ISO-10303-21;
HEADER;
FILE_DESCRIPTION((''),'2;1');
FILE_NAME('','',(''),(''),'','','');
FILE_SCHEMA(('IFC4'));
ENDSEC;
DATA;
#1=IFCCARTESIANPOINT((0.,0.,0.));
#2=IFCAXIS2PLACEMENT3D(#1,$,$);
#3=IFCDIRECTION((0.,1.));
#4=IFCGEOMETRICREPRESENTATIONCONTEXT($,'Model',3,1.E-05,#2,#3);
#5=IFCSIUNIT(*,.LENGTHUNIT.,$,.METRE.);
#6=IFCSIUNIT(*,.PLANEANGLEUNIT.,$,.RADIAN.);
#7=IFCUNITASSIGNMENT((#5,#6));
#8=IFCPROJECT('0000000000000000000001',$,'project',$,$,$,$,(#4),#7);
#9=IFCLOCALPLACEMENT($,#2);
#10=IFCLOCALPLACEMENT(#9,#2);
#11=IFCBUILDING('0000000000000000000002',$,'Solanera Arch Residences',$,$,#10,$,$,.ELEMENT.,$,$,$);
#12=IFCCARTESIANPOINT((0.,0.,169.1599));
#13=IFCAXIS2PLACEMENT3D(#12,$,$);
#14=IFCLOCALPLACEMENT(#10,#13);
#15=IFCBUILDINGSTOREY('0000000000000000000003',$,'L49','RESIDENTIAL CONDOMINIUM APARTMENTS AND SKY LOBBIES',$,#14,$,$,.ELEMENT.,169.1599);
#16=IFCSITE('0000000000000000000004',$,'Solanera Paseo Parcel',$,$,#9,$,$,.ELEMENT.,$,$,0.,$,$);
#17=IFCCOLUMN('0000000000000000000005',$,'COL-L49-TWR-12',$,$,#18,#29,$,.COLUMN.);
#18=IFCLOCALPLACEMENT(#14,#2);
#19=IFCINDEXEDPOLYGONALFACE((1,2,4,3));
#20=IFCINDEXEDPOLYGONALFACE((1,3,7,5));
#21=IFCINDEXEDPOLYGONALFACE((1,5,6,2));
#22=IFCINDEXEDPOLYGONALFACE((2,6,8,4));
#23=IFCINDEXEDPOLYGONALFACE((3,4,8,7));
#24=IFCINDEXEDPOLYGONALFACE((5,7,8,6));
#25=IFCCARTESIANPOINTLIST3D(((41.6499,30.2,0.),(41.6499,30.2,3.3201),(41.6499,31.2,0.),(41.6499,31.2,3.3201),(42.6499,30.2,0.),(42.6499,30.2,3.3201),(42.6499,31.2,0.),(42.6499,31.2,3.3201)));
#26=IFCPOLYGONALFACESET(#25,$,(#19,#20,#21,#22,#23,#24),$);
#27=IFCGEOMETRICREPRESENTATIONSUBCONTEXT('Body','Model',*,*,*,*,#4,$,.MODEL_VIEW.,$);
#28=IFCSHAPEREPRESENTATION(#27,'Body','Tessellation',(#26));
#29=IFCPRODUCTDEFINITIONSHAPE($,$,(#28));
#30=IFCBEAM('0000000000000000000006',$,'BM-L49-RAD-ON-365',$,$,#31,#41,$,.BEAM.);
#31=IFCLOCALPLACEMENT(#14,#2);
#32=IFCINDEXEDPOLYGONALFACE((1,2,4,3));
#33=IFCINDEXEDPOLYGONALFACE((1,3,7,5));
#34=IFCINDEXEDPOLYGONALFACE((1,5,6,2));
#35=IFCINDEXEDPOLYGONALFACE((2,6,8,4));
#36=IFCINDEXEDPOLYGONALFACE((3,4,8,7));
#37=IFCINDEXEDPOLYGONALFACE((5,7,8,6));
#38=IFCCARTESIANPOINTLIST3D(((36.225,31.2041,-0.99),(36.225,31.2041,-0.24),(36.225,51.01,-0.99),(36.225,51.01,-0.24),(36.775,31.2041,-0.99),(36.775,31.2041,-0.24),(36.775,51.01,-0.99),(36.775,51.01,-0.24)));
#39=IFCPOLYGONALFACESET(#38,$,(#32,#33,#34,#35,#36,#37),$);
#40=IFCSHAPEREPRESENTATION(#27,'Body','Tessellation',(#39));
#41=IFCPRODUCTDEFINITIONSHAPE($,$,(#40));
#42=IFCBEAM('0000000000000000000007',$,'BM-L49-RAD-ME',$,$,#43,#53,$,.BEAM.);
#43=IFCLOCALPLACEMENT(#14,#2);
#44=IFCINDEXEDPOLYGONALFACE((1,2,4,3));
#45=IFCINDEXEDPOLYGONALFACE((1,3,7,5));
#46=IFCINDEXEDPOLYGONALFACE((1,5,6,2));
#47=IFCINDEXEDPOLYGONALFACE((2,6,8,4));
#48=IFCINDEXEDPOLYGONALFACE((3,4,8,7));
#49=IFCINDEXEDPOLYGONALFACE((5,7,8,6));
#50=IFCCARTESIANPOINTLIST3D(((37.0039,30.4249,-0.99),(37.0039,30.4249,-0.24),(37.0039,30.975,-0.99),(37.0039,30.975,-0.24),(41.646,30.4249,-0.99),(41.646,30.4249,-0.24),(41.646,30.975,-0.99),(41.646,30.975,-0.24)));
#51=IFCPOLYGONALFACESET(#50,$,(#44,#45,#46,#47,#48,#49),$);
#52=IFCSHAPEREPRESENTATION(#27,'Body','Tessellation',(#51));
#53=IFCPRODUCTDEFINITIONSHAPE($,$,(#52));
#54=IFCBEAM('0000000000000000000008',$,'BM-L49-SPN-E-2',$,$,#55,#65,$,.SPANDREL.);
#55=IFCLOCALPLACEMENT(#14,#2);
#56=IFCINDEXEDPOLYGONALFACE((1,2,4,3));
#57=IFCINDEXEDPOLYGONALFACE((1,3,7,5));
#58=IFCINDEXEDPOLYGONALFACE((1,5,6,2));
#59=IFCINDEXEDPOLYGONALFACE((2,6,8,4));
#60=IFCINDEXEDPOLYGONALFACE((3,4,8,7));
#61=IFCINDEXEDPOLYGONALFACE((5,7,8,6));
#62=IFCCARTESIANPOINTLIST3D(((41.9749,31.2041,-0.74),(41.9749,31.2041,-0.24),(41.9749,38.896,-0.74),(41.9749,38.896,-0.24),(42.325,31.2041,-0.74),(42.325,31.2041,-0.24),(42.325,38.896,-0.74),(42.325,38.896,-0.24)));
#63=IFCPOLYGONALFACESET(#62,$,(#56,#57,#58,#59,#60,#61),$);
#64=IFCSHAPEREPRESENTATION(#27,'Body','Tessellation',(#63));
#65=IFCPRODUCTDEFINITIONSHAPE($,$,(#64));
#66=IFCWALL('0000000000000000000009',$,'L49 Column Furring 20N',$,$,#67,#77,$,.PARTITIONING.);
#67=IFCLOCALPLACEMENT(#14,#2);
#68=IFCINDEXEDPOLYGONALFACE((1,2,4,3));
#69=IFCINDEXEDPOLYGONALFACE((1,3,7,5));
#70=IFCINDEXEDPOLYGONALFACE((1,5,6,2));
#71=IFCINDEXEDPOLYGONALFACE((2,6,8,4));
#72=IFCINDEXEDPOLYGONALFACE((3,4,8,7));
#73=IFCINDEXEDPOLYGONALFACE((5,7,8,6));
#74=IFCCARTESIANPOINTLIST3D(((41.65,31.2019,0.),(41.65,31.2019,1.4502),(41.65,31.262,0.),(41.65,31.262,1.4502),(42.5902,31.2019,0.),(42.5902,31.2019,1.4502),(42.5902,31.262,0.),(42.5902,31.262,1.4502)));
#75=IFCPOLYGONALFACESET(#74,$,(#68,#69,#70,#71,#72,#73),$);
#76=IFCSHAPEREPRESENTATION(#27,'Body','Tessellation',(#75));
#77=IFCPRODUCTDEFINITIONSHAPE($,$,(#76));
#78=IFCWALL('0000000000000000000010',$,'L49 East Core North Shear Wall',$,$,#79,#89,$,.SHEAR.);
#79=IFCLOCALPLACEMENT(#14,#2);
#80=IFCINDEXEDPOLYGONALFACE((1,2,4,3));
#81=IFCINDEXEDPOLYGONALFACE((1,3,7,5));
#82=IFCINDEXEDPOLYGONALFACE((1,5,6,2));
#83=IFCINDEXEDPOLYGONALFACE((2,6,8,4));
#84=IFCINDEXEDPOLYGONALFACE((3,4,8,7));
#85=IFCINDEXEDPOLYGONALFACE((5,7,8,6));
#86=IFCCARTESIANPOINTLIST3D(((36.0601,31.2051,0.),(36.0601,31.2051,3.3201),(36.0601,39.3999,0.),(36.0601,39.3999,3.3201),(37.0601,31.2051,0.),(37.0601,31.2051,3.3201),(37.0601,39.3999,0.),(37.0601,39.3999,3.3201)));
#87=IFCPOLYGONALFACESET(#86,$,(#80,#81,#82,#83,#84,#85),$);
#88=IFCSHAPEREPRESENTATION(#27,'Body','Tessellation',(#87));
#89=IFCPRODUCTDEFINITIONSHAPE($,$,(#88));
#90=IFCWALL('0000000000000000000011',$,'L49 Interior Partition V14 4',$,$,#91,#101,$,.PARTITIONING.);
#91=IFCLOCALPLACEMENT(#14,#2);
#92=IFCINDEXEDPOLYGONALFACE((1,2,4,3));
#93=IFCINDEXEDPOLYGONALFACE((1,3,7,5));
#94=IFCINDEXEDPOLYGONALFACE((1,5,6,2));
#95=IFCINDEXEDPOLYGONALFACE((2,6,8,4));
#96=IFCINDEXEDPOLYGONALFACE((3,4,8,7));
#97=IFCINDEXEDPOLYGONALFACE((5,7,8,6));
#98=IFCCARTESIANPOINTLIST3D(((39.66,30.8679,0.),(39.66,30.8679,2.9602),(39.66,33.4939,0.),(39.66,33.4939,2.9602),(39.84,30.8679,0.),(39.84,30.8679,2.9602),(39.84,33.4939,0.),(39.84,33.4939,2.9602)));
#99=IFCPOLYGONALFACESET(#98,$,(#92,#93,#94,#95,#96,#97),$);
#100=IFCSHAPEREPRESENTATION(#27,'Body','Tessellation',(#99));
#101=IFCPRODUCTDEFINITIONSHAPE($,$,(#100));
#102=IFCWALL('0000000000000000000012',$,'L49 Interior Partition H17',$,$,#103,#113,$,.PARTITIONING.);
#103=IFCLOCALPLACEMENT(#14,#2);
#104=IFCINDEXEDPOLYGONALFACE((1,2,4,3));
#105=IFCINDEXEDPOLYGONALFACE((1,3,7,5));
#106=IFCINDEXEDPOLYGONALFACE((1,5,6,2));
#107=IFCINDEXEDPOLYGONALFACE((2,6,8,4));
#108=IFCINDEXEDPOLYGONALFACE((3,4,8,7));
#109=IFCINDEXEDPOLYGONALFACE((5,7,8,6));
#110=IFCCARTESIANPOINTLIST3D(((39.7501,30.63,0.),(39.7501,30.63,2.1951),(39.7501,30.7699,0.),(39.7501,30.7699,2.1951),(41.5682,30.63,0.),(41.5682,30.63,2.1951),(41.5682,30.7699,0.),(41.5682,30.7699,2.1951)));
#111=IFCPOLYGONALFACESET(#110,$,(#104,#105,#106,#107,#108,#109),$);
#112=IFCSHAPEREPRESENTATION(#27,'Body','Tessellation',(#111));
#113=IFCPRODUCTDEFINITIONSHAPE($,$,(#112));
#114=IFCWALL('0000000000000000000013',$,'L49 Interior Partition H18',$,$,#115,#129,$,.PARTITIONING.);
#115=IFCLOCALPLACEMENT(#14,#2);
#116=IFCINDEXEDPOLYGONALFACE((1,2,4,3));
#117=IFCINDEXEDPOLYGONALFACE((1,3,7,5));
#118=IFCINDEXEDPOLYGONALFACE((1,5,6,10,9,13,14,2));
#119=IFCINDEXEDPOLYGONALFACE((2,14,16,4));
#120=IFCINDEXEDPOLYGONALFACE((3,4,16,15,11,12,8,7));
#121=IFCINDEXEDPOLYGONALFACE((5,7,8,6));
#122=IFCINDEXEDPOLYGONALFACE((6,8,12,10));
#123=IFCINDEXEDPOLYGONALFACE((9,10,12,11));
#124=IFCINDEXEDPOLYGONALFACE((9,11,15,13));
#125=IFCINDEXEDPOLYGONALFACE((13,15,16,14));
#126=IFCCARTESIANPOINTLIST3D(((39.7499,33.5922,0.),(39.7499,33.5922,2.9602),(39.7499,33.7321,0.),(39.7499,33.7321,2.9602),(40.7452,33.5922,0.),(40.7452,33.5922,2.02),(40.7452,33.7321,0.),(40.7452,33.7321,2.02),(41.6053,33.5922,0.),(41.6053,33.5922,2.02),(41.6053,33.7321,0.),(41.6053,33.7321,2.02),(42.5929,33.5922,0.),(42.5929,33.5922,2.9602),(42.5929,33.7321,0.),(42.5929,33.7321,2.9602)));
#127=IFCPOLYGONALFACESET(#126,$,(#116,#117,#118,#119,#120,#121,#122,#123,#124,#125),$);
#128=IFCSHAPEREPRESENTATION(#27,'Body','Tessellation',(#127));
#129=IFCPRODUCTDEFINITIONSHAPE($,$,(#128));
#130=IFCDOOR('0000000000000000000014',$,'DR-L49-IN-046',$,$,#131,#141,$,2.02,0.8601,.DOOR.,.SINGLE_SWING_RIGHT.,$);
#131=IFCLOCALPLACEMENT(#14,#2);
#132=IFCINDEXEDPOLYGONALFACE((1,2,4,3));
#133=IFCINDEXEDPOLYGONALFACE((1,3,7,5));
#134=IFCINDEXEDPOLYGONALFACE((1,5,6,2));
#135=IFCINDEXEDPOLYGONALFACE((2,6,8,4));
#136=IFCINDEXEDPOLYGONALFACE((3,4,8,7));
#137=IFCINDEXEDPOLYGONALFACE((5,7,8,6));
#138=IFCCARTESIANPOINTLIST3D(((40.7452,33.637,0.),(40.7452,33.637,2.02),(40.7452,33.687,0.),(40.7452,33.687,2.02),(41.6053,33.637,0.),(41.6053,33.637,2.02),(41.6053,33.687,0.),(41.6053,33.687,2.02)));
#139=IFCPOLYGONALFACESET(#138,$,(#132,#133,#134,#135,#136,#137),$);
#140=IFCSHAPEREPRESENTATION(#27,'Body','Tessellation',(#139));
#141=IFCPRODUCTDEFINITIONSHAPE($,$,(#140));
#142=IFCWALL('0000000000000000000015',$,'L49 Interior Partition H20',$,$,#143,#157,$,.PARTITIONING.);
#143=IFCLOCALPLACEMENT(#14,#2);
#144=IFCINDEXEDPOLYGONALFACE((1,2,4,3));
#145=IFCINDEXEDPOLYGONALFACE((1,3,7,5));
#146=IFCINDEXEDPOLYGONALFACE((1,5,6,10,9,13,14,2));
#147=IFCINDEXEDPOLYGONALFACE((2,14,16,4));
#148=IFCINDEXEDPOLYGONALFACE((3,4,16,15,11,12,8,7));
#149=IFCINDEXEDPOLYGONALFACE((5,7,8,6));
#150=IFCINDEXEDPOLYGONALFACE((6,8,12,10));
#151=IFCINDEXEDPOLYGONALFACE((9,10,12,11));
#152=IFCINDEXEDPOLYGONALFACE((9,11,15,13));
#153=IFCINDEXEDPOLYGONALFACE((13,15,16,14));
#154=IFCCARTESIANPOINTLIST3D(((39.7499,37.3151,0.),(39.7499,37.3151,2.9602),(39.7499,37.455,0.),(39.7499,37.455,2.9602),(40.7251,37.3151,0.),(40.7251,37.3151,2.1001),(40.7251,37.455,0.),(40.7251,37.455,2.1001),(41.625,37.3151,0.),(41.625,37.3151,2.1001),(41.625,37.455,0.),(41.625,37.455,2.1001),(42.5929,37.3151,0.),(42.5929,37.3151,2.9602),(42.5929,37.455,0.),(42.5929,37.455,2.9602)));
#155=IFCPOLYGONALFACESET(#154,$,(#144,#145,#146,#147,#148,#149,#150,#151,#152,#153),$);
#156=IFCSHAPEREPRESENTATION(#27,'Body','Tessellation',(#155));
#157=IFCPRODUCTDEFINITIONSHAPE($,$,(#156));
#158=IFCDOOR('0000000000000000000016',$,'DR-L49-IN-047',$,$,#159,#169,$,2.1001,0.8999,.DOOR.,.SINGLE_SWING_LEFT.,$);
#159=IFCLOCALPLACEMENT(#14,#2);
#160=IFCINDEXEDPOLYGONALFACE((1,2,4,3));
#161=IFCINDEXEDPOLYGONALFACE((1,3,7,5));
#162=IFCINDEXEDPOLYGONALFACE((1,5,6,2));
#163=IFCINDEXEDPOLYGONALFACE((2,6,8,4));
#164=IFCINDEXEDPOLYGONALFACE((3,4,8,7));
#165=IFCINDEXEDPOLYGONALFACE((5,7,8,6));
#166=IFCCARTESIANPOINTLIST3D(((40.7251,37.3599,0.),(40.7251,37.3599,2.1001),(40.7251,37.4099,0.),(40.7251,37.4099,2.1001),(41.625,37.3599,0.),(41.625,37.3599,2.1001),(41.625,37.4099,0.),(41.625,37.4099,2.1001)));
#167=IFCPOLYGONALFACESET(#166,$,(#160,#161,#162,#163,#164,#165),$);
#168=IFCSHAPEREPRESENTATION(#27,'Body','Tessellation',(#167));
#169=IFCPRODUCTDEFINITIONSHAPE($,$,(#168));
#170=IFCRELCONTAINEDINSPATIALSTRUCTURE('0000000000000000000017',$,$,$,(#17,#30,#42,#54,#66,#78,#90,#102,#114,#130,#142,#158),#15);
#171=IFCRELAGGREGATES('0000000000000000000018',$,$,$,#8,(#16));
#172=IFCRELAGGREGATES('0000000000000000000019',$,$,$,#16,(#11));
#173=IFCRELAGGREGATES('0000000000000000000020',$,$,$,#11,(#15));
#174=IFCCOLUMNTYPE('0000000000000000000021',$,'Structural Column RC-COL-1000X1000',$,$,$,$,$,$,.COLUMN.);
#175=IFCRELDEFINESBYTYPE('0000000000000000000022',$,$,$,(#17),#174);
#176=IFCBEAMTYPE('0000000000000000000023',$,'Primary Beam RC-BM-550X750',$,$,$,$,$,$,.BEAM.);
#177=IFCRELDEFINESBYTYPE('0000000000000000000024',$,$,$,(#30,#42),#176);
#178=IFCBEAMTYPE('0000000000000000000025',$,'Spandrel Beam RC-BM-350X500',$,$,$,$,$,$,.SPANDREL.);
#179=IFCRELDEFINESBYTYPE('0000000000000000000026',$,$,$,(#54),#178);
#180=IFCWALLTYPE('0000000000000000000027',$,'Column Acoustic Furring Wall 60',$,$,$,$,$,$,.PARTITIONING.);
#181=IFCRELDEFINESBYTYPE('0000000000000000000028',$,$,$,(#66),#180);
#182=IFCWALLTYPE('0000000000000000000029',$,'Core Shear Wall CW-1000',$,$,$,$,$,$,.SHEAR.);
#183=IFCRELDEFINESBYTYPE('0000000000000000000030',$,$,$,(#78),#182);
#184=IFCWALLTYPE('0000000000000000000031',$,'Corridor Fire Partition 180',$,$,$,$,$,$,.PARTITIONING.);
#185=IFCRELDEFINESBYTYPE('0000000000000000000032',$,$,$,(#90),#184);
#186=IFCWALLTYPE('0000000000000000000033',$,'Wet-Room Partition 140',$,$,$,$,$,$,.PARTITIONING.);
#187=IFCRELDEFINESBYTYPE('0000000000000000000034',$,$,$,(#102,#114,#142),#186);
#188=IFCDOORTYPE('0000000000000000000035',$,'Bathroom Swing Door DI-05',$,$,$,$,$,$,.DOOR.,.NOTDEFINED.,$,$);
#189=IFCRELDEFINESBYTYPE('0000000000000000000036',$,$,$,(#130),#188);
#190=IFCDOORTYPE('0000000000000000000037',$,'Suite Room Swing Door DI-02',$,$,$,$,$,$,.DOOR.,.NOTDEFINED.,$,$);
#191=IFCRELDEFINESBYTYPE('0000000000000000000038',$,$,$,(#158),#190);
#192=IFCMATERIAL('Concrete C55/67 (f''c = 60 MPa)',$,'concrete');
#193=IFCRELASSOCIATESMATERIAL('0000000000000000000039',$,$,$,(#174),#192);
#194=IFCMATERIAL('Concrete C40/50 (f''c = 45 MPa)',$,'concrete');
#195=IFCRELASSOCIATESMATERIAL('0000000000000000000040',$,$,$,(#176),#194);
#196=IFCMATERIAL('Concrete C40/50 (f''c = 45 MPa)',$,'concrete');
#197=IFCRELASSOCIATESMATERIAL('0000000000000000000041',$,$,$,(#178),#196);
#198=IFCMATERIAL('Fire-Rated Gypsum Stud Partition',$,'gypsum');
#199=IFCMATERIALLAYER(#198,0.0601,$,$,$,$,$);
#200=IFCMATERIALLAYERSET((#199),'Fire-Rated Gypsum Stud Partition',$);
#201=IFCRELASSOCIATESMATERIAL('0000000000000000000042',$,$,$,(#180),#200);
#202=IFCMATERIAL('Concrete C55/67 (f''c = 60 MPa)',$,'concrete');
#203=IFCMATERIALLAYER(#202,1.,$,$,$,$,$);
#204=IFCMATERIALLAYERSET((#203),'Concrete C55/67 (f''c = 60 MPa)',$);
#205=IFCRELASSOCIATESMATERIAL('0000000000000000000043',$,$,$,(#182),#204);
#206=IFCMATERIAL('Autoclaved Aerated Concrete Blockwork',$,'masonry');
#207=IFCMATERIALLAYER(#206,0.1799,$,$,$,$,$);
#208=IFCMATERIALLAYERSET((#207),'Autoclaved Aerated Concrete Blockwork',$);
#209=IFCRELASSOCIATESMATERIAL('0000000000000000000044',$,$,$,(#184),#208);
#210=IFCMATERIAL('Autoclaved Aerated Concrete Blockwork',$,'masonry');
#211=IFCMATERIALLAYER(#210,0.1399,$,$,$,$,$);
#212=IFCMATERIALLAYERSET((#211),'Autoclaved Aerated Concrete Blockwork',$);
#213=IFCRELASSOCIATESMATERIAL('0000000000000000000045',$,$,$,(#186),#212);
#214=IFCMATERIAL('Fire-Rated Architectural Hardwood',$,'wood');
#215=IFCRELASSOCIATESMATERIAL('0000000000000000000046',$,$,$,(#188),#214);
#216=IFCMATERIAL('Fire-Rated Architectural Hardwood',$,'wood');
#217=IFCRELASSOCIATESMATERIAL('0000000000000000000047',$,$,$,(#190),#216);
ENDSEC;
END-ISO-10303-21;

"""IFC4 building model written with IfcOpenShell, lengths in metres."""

from ifc_helpers import new_model, si_unit, direction, frame, frame_2d, origin, origin_2d, place, context, subcontext, project, spatial, rectangle, extrude, material, layer, layer_set, material_profile, profile_set, type_object, element, fill, save


model = new_model("IFC4")

# Units and contexts
model_context = context("Model", 3, precision=1e-05, world=origin(), true_north=direction((0.0, 1.0)))
body_context = subcontext(model_context, "Body", "Model", "MODEL_VIEW")
ifc_project = project(units=[si_unit("LENGTHUNIT", "METRE"), si_unit("PLANEANGLEUNIT", "RADIAN")], contexts=[model_context])

# Site, building, storey
site_placement = place(None, origin())
site = spatial("IfcSite", under=ifc_project, at=site_placement, Name="Solanera Paseo Parcel", CompositionType="ELEMENT", RefElevation=0.0)
building_placement = place(site_placement, origin())
building = spatial("IfcBuilding", under=site, at=building_placement, Name="Solanera Arch Residences", CompositionType="ELEMENT")
storey_placement = place(building_placement, frame((0.0, 0.0, 169.1599)))
storey = spatial("IfcBuildingStorey", under=building, at=storey_placement, Name="L49", Description="RESIDENTIAL CONDOMINIUM APARTMENTS AND SKY LOBBIES", CompositionType="ELEMENT", Elevation=169.1599)

# Column
ifc_material_1 = material(Name="Concrete C55/67 (f'c = 60 MPa)", Category="concrete")
ifc_material_profile_1 = material_profile(ifc_material_1, rectangle(XDim=1.0, YDim=1.0, at=origin_2d()))
ifc_profile_set_1 = profile_set([ifc_material_profile_1], Name="Concrete C55/67 (f'c = 60 MPa)")
column_type = type_object("IfcColumnType", Name="Structural Column RC-COL-1000X1000", PredefinedType="COLUMN", material=ifc_profile_set_1)
column_placement = place(storey_placement, frame((42.1499, 30.7, 0.0), z_axis=(0.0, 0.0, 1.0), x_axis=(1.0, 0.0, 0.0)))
element("IfcColumn", 1, at=column_placement, inside=storey, type_object=column_type, Name="COL-L49-TWR-12", PredefinedType="COLUMN", context=body_context, shape_type="SweptSolid", body=[
    extrude(rectangle(XDim=1.0, YDim=1.0, at=origin_2d()), origin(), (0.0, 0.0, 1.0), 3.3201),
])

# Beams
ifc_material_2 = material(Name="Concrete C40/50 (f'c = 45 MPa)", Category="concrete")
ifc_material_profile_2 = material_profile(ifc_material_2, rectangle(XDim=0.55, YDim=0.75, at=origin_2d()))
ifc_profile_set_2 = profile_set([ifc_material_profile_2], Name="Concrete C40/50 (f'c = 45 MPa)")
beam_type_1 = type_object("IfcBeamType", Name="Primary Beam RC-BM-550X750", PredefinedType="BEAM", material=ifc_profile_set_2)
beam_1_placement = place(storey_placement, frame((36.5, 31.2041, -0.615), z_axis=(0.0, 1.0, 0.0), x_axis=(-1.0, 0.0, 0.0)))
element("IfcBeam", 2, at=beam_1_placement, inside=storey, type_object=beam_type_1, Name="BM-L49-RAD-ON-365", PredefinedType="BEAM", context=body_context, shape_type="SweptSolid", body=[
    extrude(rectangle(XDim=0.55, YDim=0.75, at=origin_2d()), origin(), (0.0, 0.0, 1.0), 19.8059),
])
beam_2_placement = place(storey_placement, frame((37.0039, 30.7, -0.615), z_axis=(1.0, 0.0, 0.0), x_axis=(0.0, 1.0, 0.0)))
element("IfcBeam", 3, at=beam_2_placement, inside=storey, type_object=beam_type_1, Name="BM-L49-RAD-ME", PredefinedType="BEAM", context=body_context, shape_type="SweptSolid", body=[
    extrude(rectangle(XDim=0.55, YDim=0.75, at=origin_2d()), origin(), (0.0, 0.0, 1.0), 4.6421),
])
ifc_material_3 = material(Name="Concrete C40/50 (f'c = 45 MPa)", Category="concrete")
ifc_material_profile_3 = material_profile(ifc_material_3, rectangle(XDim=0.3501, YDim=0.5, at=origin_2d()))
ifc_profile_set_3 = profile_set([ifc_material_profile_3], Name="Concrete C40/50 (f'c = 45 MPa)")
beam_type_2 = type_object("IfcBeamType", Name="Spandrel Beam RC-BM-350X500", PredefinedType="SPANDREL", material=ifc_profile_set_3)
beam_3_placement = place(storey_placement, frame((42.1499, 31.2041, -0.49), z_axis=(0.0, 1.0, 0.0), x_axis=(-1.0, 0.0, 0.0)))
element("IfcBeam", 4, at=beam_3_placement, inside=storey, type_object=beam_type_2, Name="BM-L49-SPN-E-2", PredefinedType="SPANDREL", context=body_context, shape_type="SweptSolid", body=[
    extrude(rectangle(XDim=0.3501, YDim=0.5, at=origin_2d()), origin(), (0.0, 0.0, 1.0), 7.6919),
])

# Walls
ifc_material_4 = material(Name="Fire-Rated Gypsum Stud Partition", Category="gypsum")
ifc_layer_1 = layer(ifc_material_4, 0.0601)
ifc_layer_set_1 = layer_set([ifc_layer_1], Name="Fire-Rated Gypsum Stud Partition")
wall_type_1 = type_object("IfcWallType", Name="Column Acoustic Furring Wall 60", PredefinedType="PARTITIONING", material=ifc_layer_set_1)
wall_1_placement = place(storey_placement, frame((41.6499, 31.2319, 0.0), z_axis=(0.0, 0.0, 1.0), x_axis=(1.0, 0.0, 0.0)))
element("IfcWall", 5, at=wall_1_placement, inside=storey, type_object=wall_type_1, Name="L49 Column Furring 20N", PredefinedType="PARTITIONING", context=body_context, shape_type="SweptSolid", body=[
    extrude(rectangle(XDim=0.9402, YDim=0.0601, at=frame_2d((0.4702, 0.0))), origin(), (0.0, 0.0, 1.0), 1.4502),
])
ifc_material_5 = material(Name="Concrete C55/67 (f'c = 60 MPa)", Category="concrete")
ifc_layer_2 = layer(ifc_material_5, 1.0)
ifc_layer_set_2 = layer_set([ifc_layer_2], Name="Concrete C55/67 (f'c = 60 MPa)")
wall_type_2 = type_object("IfcWallType", Name="Core Shear Wall CW-1000", PredefinedType="SHEAR", material=ifc_layer_set_2)
wall_2_placement = place(storey_placement, frame((36.5601, 31.2051, 0.0), z_axis=(0.0, 0.0, 1.0), x_axis=(0.0, 1.0, 0.0)))
element("IfcWall", 6, at=wall_2_placement, inside=storey, type_object=wall_type_2, Name="L49 East Core North Shear Wall", PredefinedType="SHEAR", context=body_context, shape_type="SweptSolid", body=[
    extrude(rectangle(XDim=8.1948, YDim=1.0, at=frame_2d((4.0974, 0.0))), origin(), (0.0, 0.0, 1.0), 3.3201),
])
ifc_material_6 = material(Name="Autoclaved Aerated Concrete Blockwork", Category="masonry")
ifc_layer_3 = layer(ifc_material_6, 0.1799)
ifc_layer_set_3 = layer_set([ifc_layer_3], Name="Autoclaved Aerated Concrete Blockwork")
wall_type_3 = type_object("IfcWallType", Name="Corridor Fire Partition 180", PredefinedType="PARTITIONING", material=ifc_layer_set_3)
wall_3_placement = place(storey_placement, frame((39.75, 30.8679, 0.0), z_axis=(0.0, 0.0, 1.0), x_axis=(0.0, 1.0, 0.0)))
element("IfcWall", 7, at=wall_3_placement, inside=storey, type_object=wall_type_3, Name="L49 Interior Partition V14 4", PredefinedType="PARTITIONING", context=body_context, shape_type="SweptSolid", body=[
    extrude(rectangle(XDim=2.626, YDim=0.1799, at=frame_2d((1.313, 0.0))), origin(), (0.0, 0.0, 1.0), 2.9602),
])

# Wall
ifc_material_7 = material(Name="Autoclaved Aerated Concrete Blockwork", Category="masonry")
ifc_layer_4 = layer(ifc_material_7, 0.1399)
ifc_layer_set_4 = layer_set([ifc_layer_4], Name="Autoclaved Aerated Concrete Blockwork")
wall_type_4 = type_object("IfcWallType", Name="Wet-Room Partition 140", PredefinedType="PARTITIONING", material=ifc_layer_set_4)
wall_4_placement = place(storey_placement, frame((39.75, 30.7, 0.0), z_axis=(0.0, 0.0, 1.0), x_axis=(1.0, 0.0, 0.0)))
element("IfcWall", 8, at=wall_4_placement, inside=storey, type_object=wall_type_4, Name="L49 Interior Partition H17", PredefinedType="PARTITIONING", context=body_context, shape_type="SweptSolid", body=[
    extrude(rectangle(XDim=1.8181, YDim=0.1399, at=frame_2d((0.9092, 0.0))), origin(), (0.0, 0.0, 1.0), 2.1951),
])

# Walls, openings, doors
wall_5_placement = place(storey_placement, frame((39.75, 33.6621, 0.0), z_axis=(0.0, 0.0, 1.0), x_axis=(1.0, 0.0, 0.0)))
wall_5 = element("IfcWall", 9, at=wall_5_placement, inside=storey, type_object=wall_type_4, Name="L49 Interior Partition H18", PredefinedType="PARTITIONING", context=body_context, shape_type="SweptSolid", body=[
    extrude(rectangle(XDim=2.843, YDim=0.1399, at=frame_2d((1.4214, 0.0))), origin(), (0.0, 0.0, 1.0), 2.9602),
])
opening_1_placement = place(wall_5_placement, frame((0.9951, 0.0, 0.0)))
opening_1 = element("IfcOpeningElement", 10, at=opening_1_placement, cuts=wall_5, PredefinedType="OPENING", context=body_context, shape_type="SweptSolid", body=[
    extrude(rectangle(XDim=0.8601, YDim=2.02, at=frame_2d((0.4302, 1.01))), frame((0.0, 0.0798, 0.0), z_axis=(0.0, -1.0, 0.0), x_axis=(1.0, 0.0, 0.0)), (0.0, 0.0, 1.0), 0.1599),
])
ifc_material_8 = material(Name="Fire-Rated Architectural Hardwood", Category="wood")
door_type_1 = type_object("IfcDoorType", Name="Bathroom Swing Door DI-05", OperationType="NOTDEFINED", PredefinedType="DOOR", material=ifc_material_8)
door_1_placement = place(opening_1_placement, origin())
door_1 = element("IfcDoor", 11, at=door_1_placement, inside=storey, type_object=door_type_1, Name="DR-L49-IN-046", OperationType="SINGLE_SWING_RIGHT", OverallHeight=2.02, OverallWidth=0.8601, PredefinedType="DOOR", context=body_context, shape_type="SweptSolid", body=[
    extrude(rectangle(XDim=0.8601, YDim=2.02, at=frame_2d((0.4302, 1.01))), frame((0.0, 0.0249, 0.0), z_axis=(0.0, -1.0, 0.0), x_axis=(1.0, 0.0, 0.0)), (0.0, 0.0, 1.0), 0.05),
])
fill(opening_1, door_1)
wall_6_placement = place(storey_placement, frame((39.75, 37.385, 0.0), z_axis=(0.0, 0.0, 1.0), x_axis=(1.0, 0.0, 0.0)))
wall_6 = element("IfcWall", 12, at=wall_6_placement, inside=storey, type_object=wall_type_4, Name="L49 Interior Partition H20", PredefinedType="PARTITIONING", context=body_context, shape_type="SweptSolid", body=[
    extrude(rectangle(XDim=2.843, YDim=0.1399, at=frame_2d((1.4214, 0.0))), origin(), (0.0, 0.0, 1.0), 2.9602),
])
opening_2_placement = place(wall_6_placement, frame((0.9751, 0.0, 0.0)))
opening_2 = element("IfcOpeningElement", 13, at=opening_2_placement, cuts=wall_6, PredefinedType="OPENING", context=body_context, shape_type="SweptSolid", body=[
    extrude(rectangle(XDim=0.8999, YDim=2.1001, at=frame_2d((0.45, 1.05))), frame((0.0, 0.0798, 0.0), z_axis=(0.0, -1.0, 0.0), x_axis=(1.0, 0.0, 0.0)), (0.0, 0.0, 1.0), 0.1599),
])
ifc_material_9 = material(Name="Fire-Rated Architectural Hardwood", Category="wood")
door_type_2 = type_object("IfcDoorType", Name="Suite Room Swing Door DI-02", OperationType="NOTDEFINED", PredefinedType="DOOR", material=ifc_material_9)
door_2_placement = place(opening_2_placement, origin())
door_2 = element("IfcDoor", 14, at=door_2_placement, inside=storey, type_object=door_type_2, Name="DR-L49-IN-047", OperationType="SINGLE_SWING_LEFT", OverallHeight=2.1001, OverallWidth=0.8999, PredefinedType="DOOR", context=body_context, shape_type="SweptSolid", body=[
    extrude(rectangle(XDim=0.8999, YDim=2.1001, at=frame_2d((0.45, 1.05))), frame((0.0, 0.0249, 0.0), z_axis=(0.0, -1.0, 0.0), x_axis=(1.0, 0.0, 0.0)), (0.0, 0.0, 1.0), 0.05),
])
fill(opening_2, door_2)

save(model, "model.ifc")
